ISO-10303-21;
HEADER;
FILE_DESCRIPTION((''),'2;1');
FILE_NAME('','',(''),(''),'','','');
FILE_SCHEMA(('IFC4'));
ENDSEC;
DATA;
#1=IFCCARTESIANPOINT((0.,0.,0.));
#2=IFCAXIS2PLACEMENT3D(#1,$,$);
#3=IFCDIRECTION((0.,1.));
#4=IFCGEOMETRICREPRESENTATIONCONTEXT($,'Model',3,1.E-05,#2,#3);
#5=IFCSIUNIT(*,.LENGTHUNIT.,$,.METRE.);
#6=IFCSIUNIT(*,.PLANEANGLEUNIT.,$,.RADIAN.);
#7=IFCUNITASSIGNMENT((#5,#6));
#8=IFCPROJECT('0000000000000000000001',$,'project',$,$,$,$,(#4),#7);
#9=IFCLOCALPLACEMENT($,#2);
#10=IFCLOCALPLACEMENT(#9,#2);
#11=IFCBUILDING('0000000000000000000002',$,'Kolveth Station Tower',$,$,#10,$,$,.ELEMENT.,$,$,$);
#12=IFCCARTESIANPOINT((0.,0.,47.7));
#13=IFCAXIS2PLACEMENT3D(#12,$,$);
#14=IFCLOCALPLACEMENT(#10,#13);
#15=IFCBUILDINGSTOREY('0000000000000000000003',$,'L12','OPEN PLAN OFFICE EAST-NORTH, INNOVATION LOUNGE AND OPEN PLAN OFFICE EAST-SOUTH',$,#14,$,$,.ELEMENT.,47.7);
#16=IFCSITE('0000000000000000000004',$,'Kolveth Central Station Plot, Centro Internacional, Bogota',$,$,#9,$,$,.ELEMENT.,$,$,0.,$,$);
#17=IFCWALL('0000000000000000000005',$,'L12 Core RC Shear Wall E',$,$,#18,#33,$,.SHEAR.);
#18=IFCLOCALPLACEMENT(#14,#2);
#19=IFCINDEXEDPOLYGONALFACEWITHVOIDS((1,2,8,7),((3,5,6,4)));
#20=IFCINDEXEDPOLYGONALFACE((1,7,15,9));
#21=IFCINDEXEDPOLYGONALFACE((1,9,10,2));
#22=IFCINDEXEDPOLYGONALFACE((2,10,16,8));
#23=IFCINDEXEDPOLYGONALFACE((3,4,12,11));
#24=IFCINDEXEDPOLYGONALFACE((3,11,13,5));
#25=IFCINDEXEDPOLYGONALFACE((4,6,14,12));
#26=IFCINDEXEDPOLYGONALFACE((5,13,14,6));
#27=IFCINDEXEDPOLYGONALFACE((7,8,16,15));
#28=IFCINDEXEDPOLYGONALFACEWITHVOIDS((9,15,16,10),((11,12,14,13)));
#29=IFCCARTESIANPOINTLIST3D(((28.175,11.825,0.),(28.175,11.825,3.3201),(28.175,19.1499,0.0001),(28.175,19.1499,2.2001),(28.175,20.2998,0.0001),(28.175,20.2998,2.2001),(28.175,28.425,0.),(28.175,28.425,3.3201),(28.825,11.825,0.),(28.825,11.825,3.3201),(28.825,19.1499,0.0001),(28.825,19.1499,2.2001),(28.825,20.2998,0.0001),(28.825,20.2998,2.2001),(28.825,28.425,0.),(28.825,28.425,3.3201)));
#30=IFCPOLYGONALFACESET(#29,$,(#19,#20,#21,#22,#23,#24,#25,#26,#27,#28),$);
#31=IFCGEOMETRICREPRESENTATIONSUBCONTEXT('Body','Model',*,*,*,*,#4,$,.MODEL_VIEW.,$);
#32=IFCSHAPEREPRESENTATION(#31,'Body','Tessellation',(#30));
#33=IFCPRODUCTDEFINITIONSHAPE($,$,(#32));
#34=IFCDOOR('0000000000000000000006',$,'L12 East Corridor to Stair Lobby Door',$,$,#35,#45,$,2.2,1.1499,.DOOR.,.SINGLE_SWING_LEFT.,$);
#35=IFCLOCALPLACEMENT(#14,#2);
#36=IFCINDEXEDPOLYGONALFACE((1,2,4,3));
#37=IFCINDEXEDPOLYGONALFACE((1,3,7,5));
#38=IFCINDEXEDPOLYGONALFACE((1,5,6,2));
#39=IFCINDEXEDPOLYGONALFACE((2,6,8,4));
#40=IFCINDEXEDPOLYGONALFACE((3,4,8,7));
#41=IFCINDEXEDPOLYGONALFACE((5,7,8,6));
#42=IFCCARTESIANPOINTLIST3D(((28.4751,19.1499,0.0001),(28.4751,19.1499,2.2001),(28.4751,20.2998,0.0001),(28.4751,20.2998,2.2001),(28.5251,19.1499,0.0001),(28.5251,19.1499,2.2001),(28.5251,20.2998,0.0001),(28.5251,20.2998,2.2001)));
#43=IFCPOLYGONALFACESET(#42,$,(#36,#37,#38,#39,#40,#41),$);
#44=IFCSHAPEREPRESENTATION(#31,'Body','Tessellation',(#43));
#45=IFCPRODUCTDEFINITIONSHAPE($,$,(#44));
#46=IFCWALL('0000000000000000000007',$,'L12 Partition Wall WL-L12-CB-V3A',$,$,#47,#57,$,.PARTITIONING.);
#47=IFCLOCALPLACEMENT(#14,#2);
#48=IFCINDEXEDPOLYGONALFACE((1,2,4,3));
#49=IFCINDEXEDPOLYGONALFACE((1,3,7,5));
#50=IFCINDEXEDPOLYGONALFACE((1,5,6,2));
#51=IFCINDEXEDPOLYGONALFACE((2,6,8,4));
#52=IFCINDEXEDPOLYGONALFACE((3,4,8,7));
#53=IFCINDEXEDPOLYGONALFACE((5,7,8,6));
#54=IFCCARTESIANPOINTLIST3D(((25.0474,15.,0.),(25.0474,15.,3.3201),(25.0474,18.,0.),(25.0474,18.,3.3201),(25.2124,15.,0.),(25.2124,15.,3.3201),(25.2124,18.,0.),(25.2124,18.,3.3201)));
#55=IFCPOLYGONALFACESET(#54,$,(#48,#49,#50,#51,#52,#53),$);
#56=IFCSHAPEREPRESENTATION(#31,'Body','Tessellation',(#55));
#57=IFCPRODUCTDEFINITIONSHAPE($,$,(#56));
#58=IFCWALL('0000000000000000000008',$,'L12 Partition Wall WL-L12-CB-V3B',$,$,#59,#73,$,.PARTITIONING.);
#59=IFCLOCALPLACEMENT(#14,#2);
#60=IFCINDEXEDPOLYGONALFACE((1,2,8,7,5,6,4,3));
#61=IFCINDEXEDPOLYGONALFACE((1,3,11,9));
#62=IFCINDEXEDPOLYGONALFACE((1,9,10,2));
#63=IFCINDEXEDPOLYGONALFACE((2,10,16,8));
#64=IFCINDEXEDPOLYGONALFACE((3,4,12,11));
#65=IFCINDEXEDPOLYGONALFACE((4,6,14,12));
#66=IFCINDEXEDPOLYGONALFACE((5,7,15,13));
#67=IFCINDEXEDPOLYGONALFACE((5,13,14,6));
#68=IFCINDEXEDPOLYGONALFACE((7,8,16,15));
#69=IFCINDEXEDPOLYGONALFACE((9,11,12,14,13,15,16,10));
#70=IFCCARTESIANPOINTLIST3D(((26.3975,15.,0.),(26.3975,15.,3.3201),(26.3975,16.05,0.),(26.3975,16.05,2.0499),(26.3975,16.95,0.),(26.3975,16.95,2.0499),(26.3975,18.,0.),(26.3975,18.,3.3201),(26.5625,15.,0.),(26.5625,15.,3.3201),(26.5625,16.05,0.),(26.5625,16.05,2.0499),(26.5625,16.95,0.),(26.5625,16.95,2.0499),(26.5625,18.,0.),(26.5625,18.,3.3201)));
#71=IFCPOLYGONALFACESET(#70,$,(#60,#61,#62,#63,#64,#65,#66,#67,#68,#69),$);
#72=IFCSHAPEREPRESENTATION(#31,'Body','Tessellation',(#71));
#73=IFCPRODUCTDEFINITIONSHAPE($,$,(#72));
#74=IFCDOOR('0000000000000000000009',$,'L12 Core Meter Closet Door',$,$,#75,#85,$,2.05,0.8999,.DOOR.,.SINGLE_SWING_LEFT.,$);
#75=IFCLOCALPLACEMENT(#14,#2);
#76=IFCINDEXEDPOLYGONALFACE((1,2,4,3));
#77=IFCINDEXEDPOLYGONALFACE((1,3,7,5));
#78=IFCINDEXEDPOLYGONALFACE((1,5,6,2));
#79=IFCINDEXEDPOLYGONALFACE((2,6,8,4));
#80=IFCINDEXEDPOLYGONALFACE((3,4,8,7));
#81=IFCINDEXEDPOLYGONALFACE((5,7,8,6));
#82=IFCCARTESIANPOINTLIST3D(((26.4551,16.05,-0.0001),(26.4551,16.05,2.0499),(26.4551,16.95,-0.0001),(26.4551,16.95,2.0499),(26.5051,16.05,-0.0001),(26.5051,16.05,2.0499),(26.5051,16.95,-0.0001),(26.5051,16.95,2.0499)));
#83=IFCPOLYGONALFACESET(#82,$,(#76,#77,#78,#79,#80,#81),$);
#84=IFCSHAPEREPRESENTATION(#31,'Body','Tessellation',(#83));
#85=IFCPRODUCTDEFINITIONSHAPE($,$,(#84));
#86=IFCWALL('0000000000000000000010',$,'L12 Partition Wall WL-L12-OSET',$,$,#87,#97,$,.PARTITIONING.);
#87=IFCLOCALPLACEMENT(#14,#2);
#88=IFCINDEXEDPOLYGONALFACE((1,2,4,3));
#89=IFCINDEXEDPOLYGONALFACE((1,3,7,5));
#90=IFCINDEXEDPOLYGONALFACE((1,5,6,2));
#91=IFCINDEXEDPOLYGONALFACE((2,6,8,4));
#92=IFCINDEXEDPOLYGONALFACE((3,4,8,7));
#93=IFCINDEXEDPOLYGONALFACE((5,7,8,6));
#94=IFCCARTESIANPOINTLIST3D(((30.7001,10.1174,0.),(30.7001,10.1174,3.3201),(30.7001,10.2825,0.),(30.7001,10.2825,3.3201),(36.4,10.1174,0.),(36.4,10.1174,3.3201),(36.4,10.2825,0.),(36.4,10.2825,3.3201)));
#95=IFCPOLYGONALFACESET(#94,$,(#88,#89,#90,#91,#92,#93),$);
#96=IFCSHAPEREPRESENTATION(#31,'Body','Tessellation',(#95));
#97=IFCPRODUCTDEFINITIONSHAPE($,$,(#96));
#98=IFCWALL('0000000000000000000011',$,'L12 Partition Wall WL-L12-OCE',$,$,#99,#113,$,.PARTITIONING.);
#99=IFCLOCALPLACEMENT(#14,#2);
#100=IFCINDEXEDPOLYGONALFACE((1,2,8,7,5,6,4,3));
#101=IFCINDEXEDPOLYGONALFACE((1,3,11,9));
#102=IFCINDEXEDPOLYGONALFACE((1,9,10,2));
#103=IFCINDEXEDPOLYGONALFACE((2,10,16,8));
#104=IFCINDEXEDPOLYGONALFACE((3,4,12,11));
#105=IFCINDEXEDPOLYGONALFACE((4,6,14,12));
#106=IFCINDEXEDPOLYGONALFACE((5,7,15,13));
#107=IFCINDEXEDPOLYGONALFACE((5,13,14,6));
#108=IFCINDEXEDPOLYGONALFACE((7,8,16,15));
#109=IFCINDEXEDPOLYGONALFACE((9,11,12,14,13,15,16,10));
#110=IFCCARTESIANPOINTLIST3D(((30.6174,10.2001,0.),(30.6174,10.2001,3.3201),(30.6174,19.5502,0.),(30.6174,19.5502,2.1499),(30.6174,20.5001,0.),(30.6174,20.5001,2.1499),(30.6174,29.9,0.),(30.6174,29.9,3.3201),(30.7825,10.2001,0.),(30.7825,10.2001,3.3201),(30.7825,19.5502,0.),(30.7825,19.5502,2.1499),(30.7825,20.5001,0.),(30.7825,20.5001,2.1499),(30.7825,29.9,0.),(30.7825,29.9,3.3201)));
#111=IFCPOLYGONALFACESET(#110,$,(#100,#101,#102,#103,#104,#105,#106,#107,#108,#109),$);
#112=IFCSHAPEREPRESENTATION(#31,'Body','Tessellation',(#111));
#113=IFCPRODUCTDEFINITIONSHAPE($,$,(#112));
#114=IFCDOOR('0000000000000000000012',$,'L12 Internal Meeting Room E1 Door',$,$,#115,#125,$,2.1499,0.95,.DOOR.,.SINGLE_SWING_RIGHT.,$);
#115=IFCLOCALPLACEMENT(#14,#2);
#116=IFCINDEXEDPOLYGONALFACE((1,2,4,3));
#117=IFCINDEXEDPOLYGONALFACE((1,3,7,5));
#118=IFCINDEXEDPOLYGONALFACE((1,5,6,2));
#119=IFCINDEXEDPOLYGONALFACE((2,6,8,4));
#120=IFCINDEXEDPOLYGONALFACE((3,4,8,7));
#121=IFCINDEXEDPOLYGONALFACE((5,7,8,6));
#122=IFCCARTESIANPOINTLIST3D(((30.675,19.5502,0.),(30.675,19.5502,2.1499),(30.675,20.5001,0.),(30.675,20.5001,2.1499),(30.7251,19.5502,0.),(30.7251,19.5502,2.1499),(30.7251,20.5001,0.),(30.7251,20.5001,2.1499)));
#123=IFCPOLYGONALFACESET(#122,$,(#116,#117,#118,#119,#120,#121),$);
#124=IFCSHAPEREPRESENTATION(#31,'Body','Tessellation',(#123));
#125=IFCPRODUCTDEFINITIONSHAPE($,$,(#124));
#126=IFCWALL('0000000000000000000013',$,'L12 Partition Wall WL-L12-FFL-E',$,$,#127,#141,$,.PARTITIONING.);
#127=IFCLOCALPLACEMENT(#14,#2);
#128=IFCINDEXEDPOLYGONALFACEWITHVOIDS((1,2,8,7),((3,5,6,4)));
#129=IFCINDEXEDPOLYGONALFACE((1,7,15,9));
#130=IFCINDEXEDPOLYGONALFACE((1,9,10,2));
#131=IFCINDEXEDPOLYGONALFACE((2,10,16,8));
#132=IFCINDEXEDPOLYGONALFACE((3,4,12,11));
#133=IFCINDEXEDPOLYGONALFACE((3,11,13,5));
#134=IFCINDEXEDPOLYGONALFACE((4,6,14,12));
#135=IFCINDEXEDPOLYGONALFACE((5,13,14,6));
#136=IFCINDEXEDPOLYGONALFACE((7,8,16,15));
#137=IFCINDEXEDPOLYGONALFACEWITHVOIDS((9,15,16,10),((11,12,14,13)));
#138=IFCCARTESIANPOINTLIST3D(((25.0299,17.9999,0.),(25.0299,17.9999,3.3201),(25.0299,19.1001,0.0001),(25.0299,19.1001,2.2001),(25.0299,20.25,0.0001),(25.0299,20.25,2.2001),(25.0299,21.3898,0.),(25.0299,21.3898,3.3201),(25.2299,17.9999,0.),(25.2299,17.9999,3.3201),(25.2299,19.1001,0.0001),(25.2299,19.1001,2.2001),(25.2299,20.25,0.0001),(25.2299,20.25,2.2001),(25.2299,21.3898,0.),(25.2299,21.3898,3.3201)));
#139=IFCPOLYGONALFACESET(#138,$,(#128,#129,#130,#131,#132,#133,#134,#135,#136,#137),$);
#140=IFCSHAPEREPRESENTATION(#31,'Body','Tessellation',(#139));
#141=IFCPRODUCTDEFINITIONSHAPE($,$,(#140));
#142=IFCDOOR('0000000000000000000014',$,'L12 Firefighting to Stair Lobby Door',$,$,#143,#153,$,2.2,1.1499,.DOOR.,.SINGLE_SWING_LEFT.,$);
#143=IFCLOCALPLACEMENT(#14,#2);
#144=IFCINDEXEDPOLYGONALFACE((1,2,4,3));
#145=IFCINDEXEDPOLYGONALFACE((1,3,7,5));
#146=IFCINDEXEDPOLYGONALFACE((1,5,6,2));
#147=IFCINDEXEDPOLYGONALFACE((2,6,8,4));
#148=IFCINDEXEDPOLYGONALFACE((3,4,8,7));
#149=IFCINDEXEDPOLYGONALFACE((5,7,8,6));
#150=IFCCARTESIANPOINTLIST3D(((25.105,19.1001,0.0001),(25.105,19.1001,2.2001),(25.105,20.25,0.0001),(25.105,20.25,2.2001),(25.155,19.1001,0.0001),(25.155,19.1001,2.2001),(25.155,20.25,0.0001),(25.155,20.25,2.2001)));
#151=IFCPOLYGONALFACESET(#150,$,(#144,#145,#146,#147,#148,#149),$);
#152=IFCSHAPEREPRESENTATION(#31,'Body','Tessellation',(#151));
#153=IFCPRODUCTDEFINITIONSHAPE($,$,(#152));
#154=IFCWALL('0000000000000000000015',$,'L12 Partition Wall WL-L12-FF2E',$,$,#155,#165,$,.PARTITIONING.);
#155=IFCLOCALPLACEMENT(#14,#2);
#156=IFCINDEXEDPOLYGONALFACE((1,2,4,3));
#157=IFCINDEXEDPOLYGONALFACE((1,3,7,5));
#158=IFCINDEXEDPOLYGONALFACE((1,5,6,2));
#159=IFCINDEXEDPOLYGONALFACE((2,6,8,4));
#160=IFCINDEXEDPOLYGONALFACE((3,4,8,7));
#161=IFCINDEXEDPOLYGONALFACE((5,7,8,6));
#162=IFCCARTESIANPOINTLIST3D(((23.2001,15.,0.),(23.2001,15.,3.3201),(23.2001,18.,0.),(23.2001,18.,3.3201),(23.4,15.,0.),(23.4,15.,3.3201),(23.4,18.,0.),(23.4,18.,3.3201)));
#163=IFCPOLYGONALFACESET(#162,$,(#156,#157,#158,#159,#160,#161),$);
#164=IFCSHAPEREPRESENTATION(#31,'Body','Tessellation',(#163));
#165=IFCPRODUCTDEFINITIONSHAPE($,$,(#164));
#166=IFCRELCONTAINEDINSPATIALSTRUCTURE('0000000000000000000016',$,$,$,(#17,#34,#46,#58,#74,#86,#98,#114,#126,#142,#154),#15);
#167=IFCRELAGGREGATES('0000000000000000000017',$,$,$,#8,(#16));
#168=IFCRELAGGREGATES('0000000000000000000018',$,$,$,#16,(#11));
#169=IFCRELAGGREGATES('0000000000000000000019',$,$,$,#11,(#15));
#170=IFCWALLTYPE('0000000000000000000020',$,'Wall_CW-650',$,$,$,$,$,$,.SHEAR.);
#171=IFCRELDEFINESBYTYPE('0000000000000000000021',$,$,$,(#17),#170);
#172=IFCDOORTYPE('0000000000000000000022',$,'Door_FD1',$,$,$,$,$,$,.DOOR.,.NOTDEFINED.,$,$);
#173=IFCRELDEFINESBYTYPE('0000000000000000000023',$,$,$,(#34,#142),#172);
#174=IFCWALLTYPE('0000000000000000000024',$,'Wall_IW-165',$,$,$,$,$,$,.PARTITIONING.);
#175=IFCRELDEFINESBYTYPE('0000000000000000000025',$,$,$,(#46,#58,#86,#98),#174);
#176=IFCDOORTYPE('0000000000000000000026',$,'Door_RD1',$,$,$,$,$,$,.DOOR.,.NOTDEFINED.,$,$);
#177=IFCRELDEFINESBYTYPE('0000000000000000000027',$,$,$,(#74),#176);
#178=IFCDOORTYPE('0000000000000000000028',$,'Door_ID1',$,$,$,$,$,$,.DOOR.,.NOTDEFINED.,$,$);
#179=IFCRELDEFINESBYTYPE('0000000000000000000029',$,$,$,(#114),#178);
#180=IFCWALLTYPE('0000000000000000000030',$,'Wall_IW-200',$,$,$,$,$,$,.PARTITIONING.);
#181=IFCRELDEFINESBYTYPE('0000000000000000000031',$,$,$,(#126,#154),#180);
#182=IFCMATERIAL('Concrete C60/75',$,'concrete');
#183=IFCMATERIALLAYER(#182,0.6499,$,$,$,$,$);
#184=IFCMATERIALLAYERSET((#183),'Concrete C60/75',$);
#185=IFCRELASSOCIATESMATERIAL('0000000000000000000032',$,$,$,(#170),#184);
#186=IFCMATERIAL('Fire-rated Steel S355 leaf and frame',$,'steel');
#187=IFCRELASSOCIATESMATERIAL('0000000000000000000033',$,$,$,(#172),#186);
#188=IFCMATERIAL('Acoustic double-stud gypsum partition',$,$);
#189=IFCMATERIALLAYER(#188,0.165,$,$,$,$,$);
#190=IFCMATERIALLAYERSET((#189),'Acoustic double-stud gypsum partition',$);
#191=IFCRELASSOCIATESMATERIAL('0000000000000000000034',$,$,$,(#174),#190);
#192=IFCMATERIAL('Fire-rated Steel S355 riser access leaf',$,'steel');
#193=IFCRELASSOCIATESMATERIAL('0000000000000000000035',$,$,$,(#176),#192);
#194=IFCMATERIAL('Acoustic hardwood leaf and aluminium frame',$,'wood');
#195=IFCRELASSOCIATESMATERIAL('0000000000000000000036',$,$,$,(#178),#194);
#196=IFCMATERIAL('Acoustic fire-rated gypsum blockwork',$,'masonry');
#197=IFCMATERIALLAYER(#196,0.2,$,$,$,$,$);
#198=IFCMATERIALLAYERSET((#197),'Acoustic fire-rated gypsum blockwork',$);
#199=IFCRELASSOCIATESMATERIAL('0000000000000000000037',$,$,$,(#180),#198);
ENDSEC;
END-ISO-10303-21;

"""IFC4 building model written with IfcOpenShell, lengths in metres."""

from ifc_helpers import new_model, si_unit, direction, frame, frame_2d, origin, place, context, subcontext, project, spatial, rectangle, extrude, material, layer, layer_set, type_object, element, fill, save


model = new_model("IFC4")

# Units and contexts
model_context = context("Model", 3, precision=1e-05, world=origin(), true_north=direction((0.0, 1.0)))
body_context = subcontext(model_context, "Body", "Model", "MODEL_VIEW")
ifc_project = project(units=[si_unit("LENGTHUNIT", "METRE"), si_unit("PLANEANGLEUNIT", "RADIAN")], contexts=[model_context])

# Site, building, storey
site_placement = place(None, origin())
site = spatial("IfcSite", under=ifc_project, at=site_placement, Name="Kolveth Central Station Plot, Centro Internacional, Bogota", CompositionType="ELEMENT", RefElevation=0.0)
building_placement = place(site_placement, origin())
building = spatial("IfcBuilding", under=site, at=building_placement, Name="Kolveth Station Tower", CompositionType="ELEMENT")
storey_placement = place(building_placement, frame((0.0, 0.0, 47.7)))
storey = spatial("IfcBuildingStorey", under=building, at=storey_placement, Name="L12", Description="OPEN PLAN OFFICE EAST-NORTH, INNOVATION LOUNGE AND OPEN PLAN OFFICE EAST-SOUTH", CompositionType="ELEMENT", Elevation=47.7)

# Wall, opening, door
ifc_material_1 = material(Name="Concrete C60/75", Category="concrete")
ifc_layer_1 = layer(ifc_material_1, 0.6499)
ifc_layer_set_1 = layer_set([ifc_layer_1], Name="Concrete C60/75")
wall_type_1 = type_object("IfcWallType", Name="Wall_CW-650", PredefinedType="SHEAR", material=ifc_layer_set_1)
wall_1_placement = place(storey_placement, frame((28.5, 11.825, 0.0), z_axis=(0.0, 0.0, 1.0), x_axis=(0.0, 1.0, 0.0)))
wall_1 = element("IfcWall", 1, at=wall_1_placement, inside=storey, type_object=wall_type_1, Name="L12 Core RC Shear Wall E", PredefinedType="SHEAR", context=body_context, shape_type="SweptSolid", body=[
    extrude(rectangle(XDim=16.6001, YDim=0.6499, at=frame_2d((8.3, 0.0))), origin(), (0.0, 0.0, 1.0), 3.3201),
])
opening_1_placement = place(wall_1_placement, frame((7.325, 0.0, 0.0)))
opening_1 = element("IfcOpeningElement", 2, at=opening_1_placement, cuts=wall_1, PredefinedType="OPENING", context=body_context, shape_type="SweptSolid", body=[
    extrude(rectangle(XDim=1.1499, YDim=2.2, at=frame_2d((0.575, 1.1001))), frame((0.0, 0.335, 0.0), z_axis=(0.0, -1.0, 0.0), x_axis=(1.0, 0.0, 0.0)), (0.0, 0.0, 1.0), 0.6699),
])
ifc_material_2 = material(Name="Fire-rated Steel S355 leaf and frame", Category="steel")
door_type_1 = type_object("IfcDoorType", Name="Door_FD1", OperationType="NOTDEFINED", PredefinedType="DOOR", material=ifc_material_2)
door_1_placement = place(opening_1_placement, origin())
door_1 = element("IfcDoor", 3, at=door_1_placement, inside=storey, type_object=door_type_1, Name="L12 East Corridor to Stair Lobby Door", OperationType="SINGLE_SWING_LEFT", OverallHeight=2.2, OverallWidth=1.1499, PredefinedType="DOOR", context=body_context, shape_type="SweptSolid", body=[
    extrude(rectangle(XDim=1.1499, YDim=2.2, at=frame_2d((0.575, 1.1001))), frame((0.0, 0.0249, 0.0), z_axis=(0.0, -1.0, 0.0), x_axis=(1.0, 0.0, 0.0)), (0.0, 0.0, 1.0), 0.05),
])
fill(opening_1, door_1)

# Wall
ifc_material_3 = material(Name="Acoustic double-stud gypsum partition")
ifc_layer_2 = layer(ifc_material_3, 0.165)
ifc_layer_set_2 = layer_set([ifc_layer_2], Name="Acoustic double-stud gypsum partition")
wall_type_2 = type_object("IfcWallType", Name="Wall_IW-165", PredefinedType="PARTITIONING", material=ifc_layer_set_2)
wall_2_placement = place(storey_placement, frame((25.1299, 15.0, 0.0), z_axis=(0.0, 0.0, 1.0), x_axis=(0.0, 1.0, 0.0)))
element("IfcWall", 4, at=wall_2_placement, inside=storey, type_object=wall_type_2, Name="L12 Partition Wall WL-L12-CB-V3A", PredefinedType="PARTITIONING", context=body_context, shape_type="SweptSolid", body=[
    extrude(rectangle(XDim=3.0, YDim=0.165, at=frame_2d((1.5, 0.0))), origin(), (0.0, 0.0, 1.0), 3.3201),
])

# Wall, opening, door
wall_3_placement = place(storey_placement, frame((26.48, 15.0, 0.0), z_axis=(0.0, 0.0, 1.0), x_axis=(0.0, 1.0, 0.0)))
wall_3 = element("IfcWall", 5, at=wall_3_placement, inside=storey, type_object=wall_type_2, Name="L12 Partition Wall WL-L12-CB-V3B", PredefinedType="PARTITIONING", context=body_context, shape_type="SweptSolid", body=[
    extrude(rectangle(XDim=3.0, YDim=0.165, at=frame_2d((1.5, 0.0))), origin(), (0.0, 0.0, 1.0), 3.3201),
])
opening_2_placement = place(wall_3_placement, frame((1.05, 0.0, 0.0)))
opening_2 = element("IfcOpeningElement", 6, at=opening_2_placement, cuts=wall_3, PredefinedType="OPENING", context=body_context, shape_type="SweptSolid", body=[
    extrude(rectangle(XDim=0.8999, YDim=2.05, at=frame_2d((0.45, 1.0249))), frame((0.0, 0.0925, 0.0), z_axis=(0.0, -1.0, 0.0), x_axis=(1.0, 0.0, 0.0)), (0.0, 0.0, 1.0), 0.1851),
])
ifc_material_4 = material(Name="Fire-rated Steel S355 riser access leaf", Category="steel")
door_type_2 = type_object("IfcDoorType", Name="Door_RD1", OperationType="NOTDEFINED", PredefinedType="DOOR", material=ifc_material_4)
door_2_placement = place(opening_2_placement, origin())
door_2 = element("IfcDoor", 7, at=door_2_placement, inside=storey, type_object=door_type_2, Name="L12 Core Meter Closet Door", OperationType="SINGLE_SWING_LEFT", OverallHeight=2.05, OverallWidth=0.8999, PredefinedType="DOOR", context=body_context, shape_type="SweptSolid", body=[
    extrude(rectangle(XDim=0.8999, YDim=2.05, at=frame_2d((0.45, 1.0249))), frame((0.0, 0.0249, 0.0), z_axis=(0.0, -1.0, 0.0), x_axis=(1.0, 0.0, 0.0)), (0.0, 0.0, 1.0), 0.05),
])
fill(opening_2, door_2)

# Wall
wall_4_placement = place(storey_placement, frame((30.7, 10.2, 0.0), z_axis=(0.0, 0.0, 1.0), x_axis=(1.0, 0.0, 0.0)))
element("IfcWall", 8, at=wall_4_placement, inside=storey, type_object=wall_type_2, Name="L12 Partition Wall WL-L12-OSET", PredefinedType="PARTITIONING", context=body_context, shape_type="SweptSolid", body=[
    extrude(rectangle(XDim=5.7, YDim=0.165, at=frame_2d((2.8501, 0.0))), origin(), (0.0, 0.0, 1.0), 3.3201),
])

# Walls, openings, doors
wall_5_placement = place(storey_placement, frame((30.7, 10.2, 0.0), z_axis=(0.0, 0.0, 1.0), x_axis=(0.0, 1.0, 0.0)))
wall_5 = element("IfcWall", 9, at=wall_5_placement, inside=storey, type_object=wall_type_2, Name="L12 Partition Wall WL-L12-OCE", PredefinedType="PARTITIONING", context=body_context, shape_type="SweptSolid", body=[
    extrude(rectangle(XDim=19.7, YDim=0.165, at=frame_2d((9.8501, 0.0))), origin(), (0.0, 0.0, 1.0), 3.3201),
])
opening_3_placement = place(wall_5_placement, frame((9.3501, 0.0, 0.0)))
opening_3 = element("IfcOpeningElement", 10, at=opening_3_placement, cuts=wall_5, PredefinedType="OPENING", context=body_context, shape_type="SweptSolid", body=[
    extrude(rectangle(XDim=0.95, YDim=2.1499, at=frame_2d((0.4751, 1.075))), frame((0.0, 0.0925, 0.0), z_axis=(0.0, -1.0, 0.0), x_axis=(1.0, 0.0, 0.0)), (0.0, 0.0, 1.0), 0.1851),
])
ifc_material_5 = material(Name="Acoustic hardwood leaf and aluminium frame", Category="wood")
door_type_3 = type_object("IfcDoorType", Name="Door_ID1", OperationType="NOTDEFINED", PredefinedType="DOOR", material=ifc_material_5)
door_3_placement = place(opening_3_placement, origin())
door_3 = element("IfcDoor", 11, at=door_3_placement, inside=storey, type_object=door_type_3, Name="L12 Internal Meeting Room E1 Door", OperationType="SINGLE_SWING_RIGHT", OverallHeight=2.1499, OverallWidth=0.95, PredefinedType="DOOR", context=body_context, shape_type="SweptSolid", body=[
    extrude(rectangle(XDim=0.95, YDim=2.1499, at=frame_2d((0.4751, 1.075))), frame((0.0, 0.0249, 0.0), z_axis=(0.0, -1.0, 0.0), x_axis=(1.0, 0.0, 0.0)), (0.0, 0.0, 1.0), 0.05),
])
fill(opening_3, door_3)
ifc_material_6 = material(Name="Acoustic fire-rated gypsum blockwork", Category="masonry")
ifc_layer_3 = layer(ifc_material_6, 0.2)
ifc_layer_set_3 = layer_set([ifc_layer_3], Name="Acoustic fire-rated gypsum blockwork")
wall_type_3 = type_object("IfcWallType", Name="Wall_IW-200", PredefinedType="PARTITIONING", material=ifc_layer_set_3)
wall_6_placement = place(storey_placement, frame((25.1299, 18.0, 0.0), z_axis=(0.0, 0.0, 1.0), x_axis=(0.0, 1.0, 0.0)))
wall_6 = element("IfcWall", 12, at=wall_6_placement, inside=storey, type_object=wall_type_3, Name="L12 Partition Wall WL-L12-FFL-E", PredefinedType="PARTITIONING", context=body_context, shape_type="SweptSolid", body=[
    extrude(rectangle(XDim=3.3899, YDim=0.2, at=frame_2d((1.6948, 0.0))), origin(), (0.0, 0.0, 1.0), 3.3201),
])
opening_4_placement = place(wall_6_placement, frame((1.1001, 0.0, 0.0)))
opening_4 = element("IfcOpeningElement", 13, at=opening_4_placement, cuts=wall_6, PredefinedType="OPENING", context=body_context, shape_type="SweptSolid", body=[
    extrude(rectangle(XDim=1.1499, YDim=2.2, at=frame_2d((0.575, 1.1001))), frame((0.0, 0.1099, 0.0), z_axis=(0.0, -1.0, 0.0), x_axis=(1.0, 0.0, 0.0)), (0.0, 0.0, 1.0), 0.22),
])
door_4_placement = place(opening_4_placement, origin())
door_4 = element("IfcDoor", 14, at=door_4_placement, inside=storey, type_object=door_type_1, Name="L12 Firefighting to Stair Lobby Door", OperationType="SINGLE_SWING_LEFT", OverallHeight=2.2, OverallWidth=1.1499, PredefinedType="DOOR", context=body_context, shape_type="SweptSolid", body=[
    extrude(rectangle(XDim=1.1499, YDim=2.2, at=frame_2d((0.575, 1.1001))), frame((0.0, 0.0249, 0.0), z_axis=(0.0, -1.0, 0.0), x_axis=(1.0, 0.0, 0.0)), (0.0, 0.0, 1.0), 0.05),
])
fill(opening_4, door_4)

# Wall
wall_7_placement = place(storey_placement, frame((23.3, 15.0, 0.0), z_axis=(0.0, 0.0, 1.0), x_axis=(0.0, 1.0, 0.0)))
element("IfcWall", 15, at=wall_7_placement, inside=storey, type_object=wall_type_3, Name="L12 Partition Wall WL-L12-FF2E", PredefinedType="PARTITIONING", context=body_context, shape_type="SweptSolid", body=[
    extrude(rectangle(XDim=3.0, YDim=0.2, at=frame_2d((1.5, 0.0))), origin(), (0.0, 0.0, 1.0), 3.3201),
])

save(model, "model.ifc")
